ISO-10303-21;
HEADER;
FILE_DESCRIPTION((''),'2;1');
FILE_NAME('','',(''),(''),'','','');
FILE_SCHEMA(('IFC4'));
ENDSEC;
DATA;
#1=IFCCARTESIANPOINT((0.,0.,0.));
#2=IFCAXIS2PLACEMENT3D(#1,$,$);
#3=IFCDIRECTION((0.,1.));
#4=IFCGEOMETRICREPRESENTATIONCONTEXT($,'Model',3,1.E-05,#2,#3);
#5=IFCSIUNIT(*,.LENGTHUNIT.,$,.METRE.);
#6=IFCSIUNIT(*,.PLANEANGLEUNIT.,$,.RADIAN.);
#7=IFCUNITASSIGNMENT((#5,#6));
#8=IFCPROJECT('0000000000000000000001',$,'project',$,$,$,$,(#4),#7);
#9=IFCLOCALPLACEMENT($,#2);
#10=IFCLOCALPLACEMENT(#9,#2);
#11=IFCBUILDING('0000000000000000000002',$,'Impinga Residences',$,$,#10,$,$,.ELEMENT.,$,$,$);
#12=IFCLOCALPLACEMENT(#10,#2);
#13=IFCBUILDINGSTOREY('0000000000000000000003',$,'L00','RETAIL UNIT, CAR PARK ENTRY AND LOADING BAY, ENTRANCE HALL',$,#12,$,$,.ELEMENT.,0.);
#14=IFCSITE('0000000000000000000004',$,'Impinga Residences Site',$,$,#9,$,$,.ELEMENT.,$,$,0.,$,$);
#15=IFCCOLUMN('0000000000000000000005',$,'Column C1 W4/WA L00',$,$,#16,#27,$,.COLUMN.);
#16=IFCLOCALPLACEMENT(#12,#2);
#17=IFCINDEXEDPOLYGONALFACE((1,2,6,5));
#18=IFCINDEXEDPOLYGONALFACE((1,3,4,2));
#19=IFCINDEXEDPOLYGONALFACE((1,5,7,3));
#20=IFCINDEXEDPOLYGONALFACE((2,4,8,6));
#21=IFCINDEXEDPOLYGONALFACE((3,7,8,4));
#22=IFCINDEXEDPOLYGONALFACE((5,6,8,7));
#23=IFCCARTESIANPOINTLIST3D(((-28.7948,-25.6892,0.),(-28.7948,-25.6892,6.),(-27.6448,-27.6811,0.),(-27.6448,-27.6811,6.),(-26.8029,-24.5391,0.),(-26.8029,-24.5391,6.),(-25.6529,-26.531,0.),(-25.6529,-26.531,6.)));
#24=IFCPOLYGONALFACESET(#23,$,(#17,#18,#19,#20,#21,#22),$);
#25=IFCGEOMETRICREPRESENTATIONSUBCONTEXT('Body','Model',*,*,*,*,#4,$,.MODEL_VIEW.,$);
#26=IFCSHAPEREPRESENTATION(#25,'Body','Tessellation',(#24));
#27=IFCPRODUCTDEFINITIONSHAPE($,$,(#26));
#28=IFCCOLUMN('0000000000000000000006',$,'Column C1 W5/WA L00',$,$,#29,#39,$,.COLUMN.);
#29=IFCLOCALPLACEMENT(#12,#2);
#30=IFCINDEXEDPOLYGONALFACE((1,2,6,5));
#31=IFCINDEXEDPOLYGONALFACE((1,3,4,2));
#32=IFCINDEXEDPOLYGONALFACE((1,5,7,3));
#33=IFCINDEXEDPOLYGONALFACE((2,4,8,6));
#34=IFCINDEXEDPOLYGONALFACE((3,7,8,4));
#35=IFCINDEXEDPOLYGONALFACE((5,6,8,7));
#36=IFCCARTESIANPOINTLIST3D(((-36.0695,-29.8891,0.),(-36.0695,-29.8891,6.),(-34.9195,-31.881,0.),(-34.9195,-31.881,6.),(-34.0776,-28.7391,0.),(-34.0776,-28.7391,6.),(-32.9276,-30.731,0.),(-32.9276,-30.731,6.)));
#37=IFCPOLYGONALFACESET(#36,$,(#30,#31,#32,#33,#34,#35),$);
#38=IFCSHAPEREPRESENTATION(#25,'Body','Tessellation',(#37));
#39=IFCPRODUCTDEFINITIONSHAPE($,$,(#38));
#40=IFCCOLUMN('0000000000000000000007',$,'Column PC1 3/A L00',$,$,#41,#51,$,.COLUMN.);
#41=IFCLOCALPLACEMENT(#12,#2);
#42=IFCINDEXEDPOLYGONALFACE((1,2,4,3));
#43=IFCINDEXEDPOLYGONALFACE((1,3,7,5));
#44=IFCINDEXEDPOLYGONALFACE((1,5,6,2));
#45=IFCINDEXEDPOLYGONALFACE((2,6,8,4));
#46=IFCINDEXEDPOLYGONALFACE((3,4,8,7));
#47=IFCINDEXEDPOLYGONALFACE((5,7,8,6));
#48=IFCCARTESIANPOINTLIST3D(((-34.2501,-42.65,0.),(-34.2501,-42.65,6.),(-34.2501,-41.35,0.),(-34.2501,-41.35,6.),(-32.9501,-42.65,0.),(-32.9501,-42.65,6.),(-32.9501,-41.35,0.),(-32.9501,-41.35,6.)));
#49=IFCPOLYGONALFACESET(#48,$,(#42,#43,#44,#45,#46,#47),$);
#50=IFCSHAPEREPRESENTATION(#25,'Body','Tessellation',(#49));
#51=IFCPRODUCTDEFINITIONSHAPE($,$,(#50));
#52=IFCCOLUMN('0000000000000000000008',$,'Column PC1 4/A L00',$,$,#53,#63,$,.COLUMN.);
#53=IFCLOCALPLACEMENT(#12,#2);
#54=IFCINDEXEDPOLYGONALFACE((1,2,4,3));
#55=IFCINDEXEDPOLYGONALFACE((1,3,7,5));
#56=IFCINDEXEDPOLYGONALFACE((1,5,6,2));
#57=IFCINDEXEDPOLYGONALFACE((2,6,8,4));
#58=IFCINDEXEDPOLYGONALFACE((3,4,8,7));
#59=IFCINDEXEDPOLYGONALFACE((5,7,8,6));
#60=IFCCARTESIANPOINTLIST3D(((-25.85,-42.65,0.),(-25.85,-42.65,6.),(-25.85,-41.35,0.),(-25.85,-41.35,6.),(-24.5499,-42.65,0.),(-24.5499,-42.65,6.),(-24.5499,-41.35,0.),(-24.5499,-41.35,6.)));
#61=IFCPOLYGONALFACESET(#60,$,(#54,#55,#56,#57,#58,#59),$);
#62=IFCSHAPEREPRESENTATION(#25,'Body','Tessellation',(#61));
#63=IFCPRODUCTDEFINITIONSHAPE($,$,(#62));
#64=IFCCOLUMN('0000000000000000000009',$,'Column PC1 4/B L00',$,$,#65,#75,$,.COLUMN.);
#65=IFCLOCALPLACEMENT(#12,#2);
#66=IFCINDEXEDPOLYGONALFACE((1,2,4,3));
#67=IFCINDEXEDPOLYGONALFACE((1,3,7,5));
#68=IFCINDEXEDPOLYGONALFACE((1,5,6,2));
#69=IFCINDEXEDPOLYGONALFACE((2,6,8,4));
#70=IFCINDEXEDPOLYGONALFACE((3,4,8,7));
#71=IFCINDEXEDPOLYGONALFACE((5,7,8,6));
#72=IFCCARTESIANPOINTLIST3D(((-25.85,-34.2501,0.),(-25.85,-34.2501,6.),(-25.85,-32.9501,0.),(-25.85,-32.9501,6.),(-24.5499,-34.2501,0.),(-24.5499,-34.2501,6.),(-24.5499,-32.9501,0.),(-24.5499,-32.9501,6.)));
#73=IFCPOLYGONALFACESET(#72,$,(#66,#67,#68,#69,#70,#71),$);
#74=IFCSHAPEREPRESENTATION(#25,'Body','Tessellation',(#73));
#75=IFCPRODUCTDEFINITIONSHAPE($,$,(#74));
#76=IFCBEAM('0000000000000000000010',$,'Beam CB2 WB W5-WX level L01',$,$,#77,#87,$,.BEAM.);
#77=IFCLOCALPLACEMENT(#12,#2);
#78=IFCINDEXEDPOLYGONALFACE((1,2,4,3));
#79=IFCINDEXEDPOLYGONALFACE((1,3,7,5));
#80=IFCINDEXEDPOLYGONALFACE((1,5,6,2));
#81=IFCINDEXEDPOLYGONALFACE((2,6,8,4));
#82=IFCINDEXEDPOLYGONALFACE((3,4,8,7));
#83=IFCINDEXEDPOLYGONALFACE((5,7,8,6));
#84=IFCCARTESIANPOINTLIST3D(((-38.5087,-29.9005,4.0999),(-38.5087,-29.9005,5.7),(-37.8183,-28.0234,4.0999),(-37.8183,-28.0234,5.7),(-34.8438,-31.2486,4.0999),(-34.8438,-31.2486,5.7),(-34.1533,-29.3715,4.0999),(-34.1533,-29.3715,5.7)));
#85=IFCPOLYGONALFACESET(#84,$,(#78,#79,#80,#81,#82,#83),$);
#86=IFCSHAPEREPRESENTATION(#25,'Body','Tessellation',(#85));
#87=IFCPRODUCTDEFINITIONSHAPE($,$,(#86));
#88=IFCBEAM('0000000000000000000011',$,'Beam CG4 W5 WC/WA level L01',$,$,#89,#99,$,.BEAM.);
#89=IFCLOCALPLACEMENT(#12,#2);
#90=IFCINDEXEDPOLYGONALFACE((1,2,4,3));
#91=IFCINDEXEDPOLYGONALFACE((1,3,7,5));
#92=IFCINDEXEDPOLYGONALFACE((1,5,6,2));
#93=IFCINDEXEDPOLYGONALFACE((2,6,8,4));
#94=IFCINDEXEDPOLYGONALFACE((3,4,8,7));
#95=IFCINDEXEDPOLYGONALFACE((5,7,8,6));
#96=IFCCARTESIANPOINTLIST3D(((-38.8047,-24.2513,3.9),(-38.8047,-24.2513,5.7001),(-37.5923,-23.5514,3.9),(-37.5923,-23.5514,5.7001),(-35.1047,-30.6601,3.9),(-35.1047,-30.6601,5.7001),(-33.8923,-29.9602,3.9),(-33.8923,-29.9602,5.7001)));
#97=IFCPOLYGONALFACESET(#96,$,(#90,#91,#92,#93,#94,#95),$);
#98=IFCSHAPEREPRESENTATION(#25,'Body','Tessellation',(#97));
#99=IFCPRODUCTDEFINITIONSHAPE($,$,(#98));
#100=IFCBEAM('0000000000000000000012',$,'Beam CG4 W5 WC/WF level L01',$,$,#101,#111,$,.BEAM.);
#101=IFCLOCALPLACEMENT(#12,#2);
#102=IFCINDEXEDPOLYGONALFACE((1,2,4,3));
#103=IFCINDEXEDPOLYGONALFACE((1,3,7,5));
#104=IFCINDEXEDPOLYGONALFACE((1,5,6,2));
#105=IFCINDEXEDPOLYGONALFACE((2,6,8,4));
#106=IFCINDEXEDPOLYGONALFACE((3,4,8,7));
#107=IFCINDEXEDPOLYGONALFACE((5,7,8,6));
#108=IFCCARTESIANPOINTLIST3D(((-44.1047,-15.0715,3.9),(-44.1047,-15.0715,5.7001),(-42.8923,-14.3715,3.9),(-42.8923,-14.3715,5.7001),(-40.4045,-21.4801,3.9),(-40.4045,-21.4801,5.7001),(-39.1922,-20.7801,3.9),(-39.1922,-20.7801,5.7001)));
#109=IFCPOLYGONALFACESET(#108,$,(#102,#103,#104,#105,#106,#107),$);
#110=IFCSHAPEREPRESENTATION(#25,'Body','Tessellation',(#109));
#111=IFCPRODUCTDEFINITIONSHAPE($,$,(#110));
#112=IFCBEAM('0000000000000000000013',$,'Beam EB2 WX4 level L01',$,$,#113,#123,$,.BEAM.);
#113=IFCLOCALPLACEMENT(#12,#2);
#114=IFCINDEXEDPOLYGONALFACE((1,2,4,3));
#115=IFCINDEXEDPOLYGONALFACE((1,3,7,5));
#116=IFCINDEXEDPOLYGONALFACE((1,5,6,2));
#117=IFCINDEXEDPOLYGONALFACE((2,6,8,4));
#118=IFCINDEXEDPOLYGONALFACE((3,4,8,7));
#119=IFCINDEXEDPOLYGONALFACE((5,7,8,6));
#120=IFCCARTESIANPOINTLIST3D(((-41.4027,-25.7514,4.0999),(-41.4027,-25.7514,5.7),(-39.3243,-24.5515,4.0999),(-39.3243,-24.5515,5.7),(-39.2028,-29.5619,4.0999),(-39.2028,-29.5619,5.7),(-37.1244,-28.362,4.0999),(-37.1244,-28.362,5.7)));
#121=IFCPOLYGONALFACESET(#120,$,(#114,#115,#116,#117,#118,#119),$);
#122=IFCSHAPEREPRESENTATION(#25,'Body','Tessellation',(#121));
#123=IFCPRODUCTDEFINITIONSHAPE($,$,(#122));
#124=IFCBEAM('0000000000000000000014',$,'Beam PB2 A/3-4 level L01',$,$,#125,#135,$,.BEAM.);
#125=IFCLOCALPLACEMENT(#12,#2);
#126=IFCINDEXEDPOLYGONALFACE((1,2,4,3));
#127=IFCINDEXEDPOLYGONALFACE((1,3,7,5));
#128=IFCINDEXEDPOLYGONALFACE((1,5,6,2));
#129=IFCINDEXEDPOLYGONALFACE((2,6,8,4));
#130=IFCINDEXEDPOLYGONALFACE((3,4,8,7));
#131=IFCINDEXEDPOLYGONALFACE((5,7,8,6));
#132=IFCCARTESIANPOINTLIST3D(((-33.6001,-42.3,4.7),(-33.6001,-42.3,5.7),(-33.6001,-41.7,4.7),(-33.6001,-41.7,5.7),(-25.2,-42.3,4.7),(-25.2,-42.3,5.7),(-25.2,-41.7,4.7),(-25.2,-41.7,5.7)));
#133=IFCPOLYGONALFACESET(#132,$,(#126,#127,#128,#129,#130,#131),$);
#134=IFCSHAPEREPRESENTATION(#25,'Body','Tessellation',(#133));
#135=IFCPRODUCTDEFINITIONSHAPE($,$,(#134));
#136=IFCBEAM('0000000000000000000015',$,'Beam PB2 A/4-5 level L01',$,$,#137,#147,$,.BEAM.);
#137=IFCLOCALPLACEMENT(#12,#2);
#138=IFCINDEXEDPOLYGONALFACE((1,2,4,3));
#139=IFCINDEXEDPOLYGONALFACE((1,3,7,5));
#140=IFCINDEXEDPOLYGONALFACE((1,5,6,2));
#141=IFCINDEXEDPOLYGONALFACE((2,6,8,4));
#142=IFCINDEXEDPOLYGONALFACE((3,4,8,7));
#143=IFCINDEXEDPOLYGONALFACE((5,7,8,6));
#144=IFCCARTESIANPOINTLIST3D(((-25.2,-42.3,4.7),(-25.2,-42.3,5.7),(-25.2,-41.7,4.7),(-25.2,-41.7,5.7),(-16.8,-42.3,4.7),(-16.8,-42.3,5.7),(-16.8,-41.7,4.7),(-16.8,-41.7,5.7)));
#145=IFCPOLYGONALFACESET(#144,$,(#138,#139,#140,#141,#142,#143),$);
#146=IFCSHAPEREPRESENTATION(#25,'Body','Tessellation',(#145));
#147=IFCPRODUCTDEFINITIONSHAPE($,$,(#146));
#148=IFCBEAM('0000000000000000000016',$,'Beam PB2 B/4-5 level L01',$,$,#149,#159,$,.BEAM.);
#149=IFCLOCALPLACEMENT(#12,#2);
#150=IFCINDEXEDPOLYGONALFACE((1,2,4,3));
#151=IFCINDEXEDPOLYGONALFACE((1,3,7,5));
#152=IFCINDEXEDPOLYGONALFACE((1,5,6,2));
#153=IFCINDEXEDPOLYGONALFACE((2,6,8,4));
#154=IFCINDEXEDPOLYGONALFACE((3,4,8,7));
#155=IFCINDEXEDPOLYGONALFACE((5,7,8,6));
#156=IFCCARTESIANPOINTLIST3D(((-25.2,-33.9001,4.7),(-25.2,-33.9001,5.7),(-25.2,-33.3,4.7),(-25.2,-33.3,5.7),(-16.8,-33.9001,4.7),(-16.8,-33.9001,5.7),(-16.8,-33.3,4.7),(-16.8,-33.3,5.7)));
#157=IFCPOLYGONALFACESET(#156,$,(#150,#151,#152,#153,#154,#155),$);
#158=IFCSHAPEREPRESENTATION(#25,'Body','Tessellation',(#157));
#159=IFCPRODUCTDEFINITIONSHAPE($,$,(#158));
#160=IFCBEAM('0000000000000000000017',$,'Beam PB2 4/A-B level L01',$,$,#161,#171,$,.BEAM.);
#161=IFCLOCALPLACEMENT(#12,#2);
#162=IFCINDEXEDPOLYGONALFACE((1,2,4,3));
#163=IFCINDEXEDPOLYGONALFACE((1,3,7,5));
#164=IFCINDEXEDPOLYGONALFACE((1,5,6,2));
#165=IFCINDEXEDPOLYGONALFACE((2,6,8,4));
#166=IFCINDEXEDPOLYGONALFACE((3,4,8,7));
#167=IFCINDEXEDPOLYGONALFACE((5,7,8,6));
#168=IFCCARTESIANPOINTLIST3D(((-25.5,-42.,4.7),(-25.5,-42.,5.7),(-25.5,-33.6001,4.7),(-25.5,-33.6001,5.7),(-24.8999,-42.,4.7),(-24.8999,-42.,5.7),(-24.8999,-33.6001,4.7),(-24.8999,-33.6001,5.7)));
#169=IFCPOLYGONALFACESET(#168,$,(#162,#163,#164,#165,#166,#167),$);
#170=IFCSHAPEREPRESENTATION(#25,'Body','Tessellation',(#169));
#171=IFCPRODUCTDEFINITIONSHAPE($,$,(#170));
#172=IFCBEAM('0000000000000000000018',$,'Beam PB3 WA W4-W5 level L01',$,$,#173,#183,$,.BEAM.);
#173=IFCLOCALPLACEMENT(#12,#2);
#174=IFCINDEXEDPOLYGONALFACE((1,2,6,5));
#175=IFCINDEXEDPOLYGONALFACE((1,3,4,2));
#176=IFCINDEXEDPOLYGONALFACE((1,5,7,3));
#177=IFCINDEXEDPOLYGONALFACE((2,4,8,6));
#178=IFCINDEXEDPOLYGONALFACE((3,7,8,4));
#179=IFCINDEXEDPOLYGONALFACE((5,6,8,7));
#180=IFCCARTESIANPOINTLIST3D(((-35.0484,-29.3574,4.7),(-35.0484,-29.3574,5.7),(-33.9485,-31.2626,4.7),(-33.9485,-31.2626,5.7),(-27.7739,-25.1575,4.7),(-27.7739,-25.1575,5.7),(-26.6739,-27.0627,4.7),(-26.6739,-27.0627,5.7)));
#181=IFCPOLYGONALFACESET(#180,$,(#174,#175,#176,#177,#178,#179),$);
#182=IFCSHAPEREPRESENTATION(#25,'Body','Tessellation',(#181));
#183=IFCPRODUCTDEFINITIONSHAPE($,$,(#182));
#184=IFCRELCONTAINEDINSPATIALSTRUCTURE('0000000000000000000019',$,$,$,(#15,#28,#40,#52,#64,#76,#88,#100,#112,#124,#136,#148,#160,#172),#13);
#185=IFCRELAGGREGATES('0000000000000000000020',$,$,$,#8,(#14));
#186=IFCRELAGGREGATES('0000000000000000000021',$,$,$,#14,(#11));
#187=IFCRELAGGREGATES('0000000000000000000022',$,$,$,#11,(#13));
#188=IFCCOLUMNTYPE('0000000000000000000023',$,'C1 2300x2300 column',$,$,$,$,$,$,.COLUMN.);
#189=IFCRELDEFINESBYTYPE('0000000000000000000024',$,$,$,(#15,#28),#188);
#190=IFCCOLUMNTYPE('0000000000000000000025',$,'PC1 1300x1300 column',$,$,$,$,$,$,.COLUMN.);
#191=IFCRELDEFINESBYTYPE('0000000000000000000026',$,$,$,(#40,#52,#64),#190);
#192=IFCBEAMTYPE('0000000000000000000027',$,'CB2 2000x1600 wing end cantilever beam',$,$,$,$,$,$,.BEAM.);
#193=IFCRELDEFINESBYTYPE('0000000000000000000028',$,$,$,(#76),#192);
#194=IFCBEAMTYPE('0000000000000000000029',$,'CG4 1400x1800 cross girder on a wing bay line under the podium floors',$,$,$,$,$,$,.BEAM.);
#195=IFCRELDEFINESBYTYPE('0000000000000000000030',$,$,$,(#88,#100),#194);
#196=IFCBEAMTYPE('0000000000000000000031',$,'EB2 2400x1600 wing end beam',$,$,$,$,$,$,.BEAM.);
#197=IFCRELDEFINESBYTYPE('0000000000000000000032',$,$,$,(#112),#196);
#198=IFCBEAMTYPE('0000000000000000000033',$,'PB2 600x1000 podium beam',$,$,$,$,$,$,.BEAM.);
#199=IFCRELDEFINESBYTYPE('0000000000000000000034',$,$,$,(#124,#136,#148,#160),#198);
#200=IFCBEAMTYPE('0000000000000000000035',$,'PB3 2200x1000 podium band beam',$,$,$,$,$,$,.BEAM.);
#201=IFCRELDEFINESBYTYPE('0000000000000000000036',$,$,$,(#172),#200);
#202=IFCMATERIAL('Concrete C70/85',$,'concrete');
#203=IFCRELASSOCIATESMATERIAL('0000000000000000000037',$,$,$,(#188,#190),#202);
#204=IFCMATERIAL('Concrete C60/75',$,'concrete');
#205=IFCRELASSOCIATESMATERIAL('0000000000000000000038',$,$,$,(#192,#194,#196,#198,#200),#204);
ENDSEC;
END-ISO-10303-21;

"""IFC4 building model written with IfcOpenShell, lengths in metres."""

from ifc_helpers import new_model, si_unit, direction, frame, origin, origin_2d, place, context, subcontext, project, spatial, rectangle, extrude, material, material_profile, profile_set, type_object, element, save


model = new_model("IFC4")

# Units and contexts
model_context = context("Model", 3, precision=1e-05, world=origin(), true_north=direction((0.0, 1.0)))
body_context = subcontext(model_context, "Body", "Model", "MODEL_VIEW")
ifc_project = project(units=[si_unit("LENGTHUNIT", "METRE"), si_unit("PLANEANGLEUNIT", "RADIAN")], contexts=[model_context])

# Site, building, storey
site_placement = place(None, origin())
site = spatial("IfcSite", under=ifc_project, at=site_placement, Name="Impinga Residences Site", CompositionType="ELEMENT", RefElevation=0.0)
building_placement = place(site_placement, origin())
building = spatial("IfcBuilding", under=site, at=building_placement, Name="Impinga Residences", CompositionType="ELEMENT")
storey_placement = place(building_placement, origin())
storey = spatial("IfcBuildingStorey", under=building, at=storey_placement, Name="L00", Description="RETAIL UNIT, CAR PARK ENTRY AND LOADING BAY, ENTRANCE HALL", CompositionType="ELEMENT", Elevation=0.0)

# Columns
ifc_material_1 = material(Name="Concrete C70/85", Category="concrete")
ifc_material_profile_1 = material_profile(ifc_material_1, rectangle(XDim=2.3, YDim=2.3, at=origin_2d()), Name="RC 2300x2300")
ifc_profile_set_1 = profile_set([ifc_material_profile_1], Name="Concrete C70/85")
column_type_1 = type_object("IfcColumnType", Name="C1 2300x2300 column", PredefinedType="COLUMN", material=ifc_profile_set_1)
for number, where, z_axis, x_axis, name in (
    (1, (-27.2239, -26.1101, 0.0), (0.0, 0.0, 1.0), (-0.5, 0.866025, 0.0), "Column C1 W4/WA L00"),
    (2, (-34.4985, -30.3101, 0.0), (0.0, 0.0, 1.0), (-0.5, 0.866025, 0.0), "Column C1 W5/WA L00"),
):
    element("IfcColumn", number, at=place(storey_placement, frame(where, z_axis=z_axis, x_axis=x_axis)), inside=storey, type_object=column_type_1, Name=name, PredefinedType="COLUMN", context=body_context, shape_type="SweptSolid", body=[
        extrude(rectangle(XDim=2.3, YDim=2.3, at=origin_2d()), origin(), (0.0, 0.0, 1.0), 6.0),
    ])
ifc_material_profile_2 = material_profile(ifc_material_1, rectangle(XDim=1.3, YDim=1.3, at=origin_2d()), Name="RC 1300x1300")
ifc_profile_set_2 = profile_set([ifc_material_profile_2], Name="Concrete C70/85")
column_type_2 = type_object("IfcColumnType", Name="PC1 1300x1300 column", PredefinedType="COLUMN", material=ifc_profile_set_2)
for number, where, z_axis, x_axis, name in (
    (3, (-33.6001, -42.0, 0.0), (0.0, 0.0, 1.0), (1.0, 0.0, 0.0), "Column PC1 3/A L00"),
    (4, (-25.2, -42.0, 0.0), (0.0, 0.0, 1.0), (1.0, 0.0, 0.0), "Column PC1 4/A L00"),
    (5, (-25.2, -33.6001, 0.0), (0.0, 0.0, 1.0), (1.0, 0.0, 0.0), "Column PC1 4/B L00"),
):
    element("IfcColumn", number, at=place(storey_placement, frame(where, z_axis=z_axis, x_axis=x_axis)), inside=storey, type_object=column_type_2, Name=name, PredefinedType="COLUMN", context=body_context, shape_type="SweptSolid", body=[
        extrude(rectangle(XDim=1.3, YDim=1.3, at=origin_2d()), origin(), (0.0, 0.0, 1.0), 6.0),
    ])

# Beams
ifc_material_2 = material(Name="Concrete C60/75", Category="concrete")
ifc_material_profile_3 = material_profile(ifc_material_2, rectangle(XDim=2.0, YDim=1.6001, at=origin_2d()), Name="RC 2000x1600")
ifc_profile_set_3 = profile_set([ifc_material_profile_3], Name="Concrete C60/75")
beam_type_1 = type_object("IfcBeamType", Name="CB2 2000x1600 wing end cantilever beam", PredefinedType="BEAM", material=ifc_profile_set_3)
beam_1_placement = place(storey_placement, frame((-34.4985, -30.3101, 4.8999), z_axis=(-0.93852, 0.345224, 0.0), x_axis=(-0.345224, -0.93852, 0.0)))
element("IfcBeam", 6, at=beam_1_placement, inside=storey, type_object=beam_type_1, Name="Beam CB2 WB W5-WX level L01", PredefinedType="BEAM", context=body_context, shape_type="SweptSolid", body=[
    extrude(rectangle(XDim=2.0, YDim=1.6001, at=origin_2d()), origin(), (0.0, 0.0, 1.0), 3.905),
])
ifc_material_profile_4 = material_profile(ifc_material_2, rectangle(XDim=1.3999, YDim=1.8, at=origin_2d()), Name="RC 1400x1800")
ifc_profile_set_4 = profile_set([ifc_material_profile_4], Name="Concrete C60/75")
beam_type_2 = type_object("IfcBeamType", Name="CG4 1400x1800 cross girder on a wing bay line under the podium floors", PredefinedType="BEAM", material=ifc_profile_set_4)
for number, where, z_axis, x_axis, name in (
    (7, (-38.1985, -23.9014, 4.8), (0.499989, -0.866032, 0.0), (0.866032, 0.499989, 0.0), "Beam CG4 W5 WC/WA level L01"),
    (8, (-39.7983, -21.1301, 4.8), (-0.500014, 0.866017, 0.0), (-0.866017, -0.500014, 0.0), "Beam CG4 W5 WC/WF level L01"),
):
    element("IfcBeam", number, at=place(storey_placement, frame(where, z_axis=z_axis, x_axis=x_axis)), inside=storey, type_object=beam_type_2, Name=name, PredefinedType="BEAM", context=body_context, shape_type="SweptSolid", body=[
        extrude(rectangle(XDim=1.3999, YDim=1.8, at=origin_2d()), origin(), (0.0, 0.0, 1.0), 7.4001),
    ])
ifc_material_profile_5 = material_profile(ifc_material_2, rectangle(XDim=2.3999, YDim=1.6001, at=origin_2d()), Name="RC 2400x1600")
ifc_profile_set_5 = profile_set([ifc_material_profile_5], Name="Concrete C60/75")
beam_type_3 = type_object("IfcBeamType", Name="EB2 2400x1600 wing end beam", PredefinedType="BEAM", material=ifc_profile_set_5)
beam_2_placement = place(storey_placement, frame((-38.1636, -28.9619, 4.8999), z_axis=(-0.499988, 0.866032, 0.0), x_axis=(-0.866032, -0.499988, 0.0)))
element("IfcBeam", 9, at=beam_2_placement, inside=storey, type_object=beam_type_3, Name="Beam EB2 WX4 level L01", PredefinedType="BEAM", context=body_context, shape_type="SweptSolid", body=[
    extrude(rectangle(XDim=2.3999, YDim=1.6001, at=origin_2d()), origin(), (0.0, 0.0, 1.0), 4.3999),
])
ifc_material_profile_6 = material_profile(ifc_material_2, rectangle(XDim=0.6001, YDim=1.0, at=origin_2d()), Name="RC 600x1000")
ifc_profile_set_6 = profile_set([ifc_material_profile_6], Name="Concrete C60/75")
beam_type_4 = type_object("IfcBeamType", Name="PB2 600x1000 podium beam", PredefinedType="BEAM", material=ifc_profile_set_6)
beam_3_placement = place(storey_placement, frame((-33.6001, -42.0, 5.2), z_axis=(1.0, 0.0, 0.0), x_axis=(0.0, 1.0, 0.0)))
element("IfcBeam", 10, at=beam_3_placement, inside=storey, type_object=beam_type_4, Name="Beam PB2 A/3-4 level L01", PredefinedType="BEAM", context=body_context, shape_type="SweptSolid", body=[
    extrude(rectangle(XDim=0.6001, YDim=1.0, at=origin_2d()), origin(), (0.0, 0.0, 1.0), 8.4001),
])
for number, where, z_axis, x_axis, name in (
    (11, (-25.2, -42.0, 5.2), (1.0, 0.0, 0.0), (0.0, 1.0, 0.0), "Beam PB2 A/4-5 level L01"),
    (12, (-25.2, -33.6001, 5.2), (1.0, 0.0, 0.0), (0.0, 1.0, 0.0), "Beam PB2 B/4-5 level L01"),
    (13, (-25.2, -42.0, 5.2), (0.0, 1.0, 0.0), (-1.0, 0.0, 0.0), "Beam PB2 4/A-B level L01"),
):
    element("IfcBeam", number, at=place(storey_placement, frame(where, z_axis=z_axis, x_axis=x_axis)), inside=storey, type_object=beam_type_4, Name=name, PredefinedType="BEAM", context=body_context, shape_type="SweptSolid", body=[
        extrude(rectangle(XDim=0.6001, YDim=1.0, at=origin_2d()), origin(), (0.0, 0.0, 1.0), 8.3999),
    ])
ifc_material_profile_7 = material_profile(ifc_material_2, rectangle(XDim=2.2, YDim=1.0, at=origin_2d()), Name="RC 2200x1000")
ifc_profile_set_7 = profile_set([ifc_material_profile_7], Name="Concrete C60/75")
beam_type_5 = type_object("IfcBeamType", Name="PB3 2200x1000 podium band beam", PredefinedType="BEAM", material=ifc_profile_set_7)
beam_4_placement = place(storey_placement, frame((-27.2239, -26.1101, 5.2), z_axis=(-0.866029, -0.499993, 0.0), x_axis=(0.499993, -0.866029, 0.0)))
element("IfcBeam", 14, at=beam_4_placement, inside=storey, type_object=beam_type_5, Name="Beam PB3 WA W4-W5 level L01", PredefinedType="BEAM", context=body_context, shape_type="SweptSolid", body=[
    extrude(rectangle(XDim=2.2, YDim=1.0, at=origin_2d()), origin(), (0.0, 0.0, 1.0), 8.3999),
])

save(model, "model.ifc")
